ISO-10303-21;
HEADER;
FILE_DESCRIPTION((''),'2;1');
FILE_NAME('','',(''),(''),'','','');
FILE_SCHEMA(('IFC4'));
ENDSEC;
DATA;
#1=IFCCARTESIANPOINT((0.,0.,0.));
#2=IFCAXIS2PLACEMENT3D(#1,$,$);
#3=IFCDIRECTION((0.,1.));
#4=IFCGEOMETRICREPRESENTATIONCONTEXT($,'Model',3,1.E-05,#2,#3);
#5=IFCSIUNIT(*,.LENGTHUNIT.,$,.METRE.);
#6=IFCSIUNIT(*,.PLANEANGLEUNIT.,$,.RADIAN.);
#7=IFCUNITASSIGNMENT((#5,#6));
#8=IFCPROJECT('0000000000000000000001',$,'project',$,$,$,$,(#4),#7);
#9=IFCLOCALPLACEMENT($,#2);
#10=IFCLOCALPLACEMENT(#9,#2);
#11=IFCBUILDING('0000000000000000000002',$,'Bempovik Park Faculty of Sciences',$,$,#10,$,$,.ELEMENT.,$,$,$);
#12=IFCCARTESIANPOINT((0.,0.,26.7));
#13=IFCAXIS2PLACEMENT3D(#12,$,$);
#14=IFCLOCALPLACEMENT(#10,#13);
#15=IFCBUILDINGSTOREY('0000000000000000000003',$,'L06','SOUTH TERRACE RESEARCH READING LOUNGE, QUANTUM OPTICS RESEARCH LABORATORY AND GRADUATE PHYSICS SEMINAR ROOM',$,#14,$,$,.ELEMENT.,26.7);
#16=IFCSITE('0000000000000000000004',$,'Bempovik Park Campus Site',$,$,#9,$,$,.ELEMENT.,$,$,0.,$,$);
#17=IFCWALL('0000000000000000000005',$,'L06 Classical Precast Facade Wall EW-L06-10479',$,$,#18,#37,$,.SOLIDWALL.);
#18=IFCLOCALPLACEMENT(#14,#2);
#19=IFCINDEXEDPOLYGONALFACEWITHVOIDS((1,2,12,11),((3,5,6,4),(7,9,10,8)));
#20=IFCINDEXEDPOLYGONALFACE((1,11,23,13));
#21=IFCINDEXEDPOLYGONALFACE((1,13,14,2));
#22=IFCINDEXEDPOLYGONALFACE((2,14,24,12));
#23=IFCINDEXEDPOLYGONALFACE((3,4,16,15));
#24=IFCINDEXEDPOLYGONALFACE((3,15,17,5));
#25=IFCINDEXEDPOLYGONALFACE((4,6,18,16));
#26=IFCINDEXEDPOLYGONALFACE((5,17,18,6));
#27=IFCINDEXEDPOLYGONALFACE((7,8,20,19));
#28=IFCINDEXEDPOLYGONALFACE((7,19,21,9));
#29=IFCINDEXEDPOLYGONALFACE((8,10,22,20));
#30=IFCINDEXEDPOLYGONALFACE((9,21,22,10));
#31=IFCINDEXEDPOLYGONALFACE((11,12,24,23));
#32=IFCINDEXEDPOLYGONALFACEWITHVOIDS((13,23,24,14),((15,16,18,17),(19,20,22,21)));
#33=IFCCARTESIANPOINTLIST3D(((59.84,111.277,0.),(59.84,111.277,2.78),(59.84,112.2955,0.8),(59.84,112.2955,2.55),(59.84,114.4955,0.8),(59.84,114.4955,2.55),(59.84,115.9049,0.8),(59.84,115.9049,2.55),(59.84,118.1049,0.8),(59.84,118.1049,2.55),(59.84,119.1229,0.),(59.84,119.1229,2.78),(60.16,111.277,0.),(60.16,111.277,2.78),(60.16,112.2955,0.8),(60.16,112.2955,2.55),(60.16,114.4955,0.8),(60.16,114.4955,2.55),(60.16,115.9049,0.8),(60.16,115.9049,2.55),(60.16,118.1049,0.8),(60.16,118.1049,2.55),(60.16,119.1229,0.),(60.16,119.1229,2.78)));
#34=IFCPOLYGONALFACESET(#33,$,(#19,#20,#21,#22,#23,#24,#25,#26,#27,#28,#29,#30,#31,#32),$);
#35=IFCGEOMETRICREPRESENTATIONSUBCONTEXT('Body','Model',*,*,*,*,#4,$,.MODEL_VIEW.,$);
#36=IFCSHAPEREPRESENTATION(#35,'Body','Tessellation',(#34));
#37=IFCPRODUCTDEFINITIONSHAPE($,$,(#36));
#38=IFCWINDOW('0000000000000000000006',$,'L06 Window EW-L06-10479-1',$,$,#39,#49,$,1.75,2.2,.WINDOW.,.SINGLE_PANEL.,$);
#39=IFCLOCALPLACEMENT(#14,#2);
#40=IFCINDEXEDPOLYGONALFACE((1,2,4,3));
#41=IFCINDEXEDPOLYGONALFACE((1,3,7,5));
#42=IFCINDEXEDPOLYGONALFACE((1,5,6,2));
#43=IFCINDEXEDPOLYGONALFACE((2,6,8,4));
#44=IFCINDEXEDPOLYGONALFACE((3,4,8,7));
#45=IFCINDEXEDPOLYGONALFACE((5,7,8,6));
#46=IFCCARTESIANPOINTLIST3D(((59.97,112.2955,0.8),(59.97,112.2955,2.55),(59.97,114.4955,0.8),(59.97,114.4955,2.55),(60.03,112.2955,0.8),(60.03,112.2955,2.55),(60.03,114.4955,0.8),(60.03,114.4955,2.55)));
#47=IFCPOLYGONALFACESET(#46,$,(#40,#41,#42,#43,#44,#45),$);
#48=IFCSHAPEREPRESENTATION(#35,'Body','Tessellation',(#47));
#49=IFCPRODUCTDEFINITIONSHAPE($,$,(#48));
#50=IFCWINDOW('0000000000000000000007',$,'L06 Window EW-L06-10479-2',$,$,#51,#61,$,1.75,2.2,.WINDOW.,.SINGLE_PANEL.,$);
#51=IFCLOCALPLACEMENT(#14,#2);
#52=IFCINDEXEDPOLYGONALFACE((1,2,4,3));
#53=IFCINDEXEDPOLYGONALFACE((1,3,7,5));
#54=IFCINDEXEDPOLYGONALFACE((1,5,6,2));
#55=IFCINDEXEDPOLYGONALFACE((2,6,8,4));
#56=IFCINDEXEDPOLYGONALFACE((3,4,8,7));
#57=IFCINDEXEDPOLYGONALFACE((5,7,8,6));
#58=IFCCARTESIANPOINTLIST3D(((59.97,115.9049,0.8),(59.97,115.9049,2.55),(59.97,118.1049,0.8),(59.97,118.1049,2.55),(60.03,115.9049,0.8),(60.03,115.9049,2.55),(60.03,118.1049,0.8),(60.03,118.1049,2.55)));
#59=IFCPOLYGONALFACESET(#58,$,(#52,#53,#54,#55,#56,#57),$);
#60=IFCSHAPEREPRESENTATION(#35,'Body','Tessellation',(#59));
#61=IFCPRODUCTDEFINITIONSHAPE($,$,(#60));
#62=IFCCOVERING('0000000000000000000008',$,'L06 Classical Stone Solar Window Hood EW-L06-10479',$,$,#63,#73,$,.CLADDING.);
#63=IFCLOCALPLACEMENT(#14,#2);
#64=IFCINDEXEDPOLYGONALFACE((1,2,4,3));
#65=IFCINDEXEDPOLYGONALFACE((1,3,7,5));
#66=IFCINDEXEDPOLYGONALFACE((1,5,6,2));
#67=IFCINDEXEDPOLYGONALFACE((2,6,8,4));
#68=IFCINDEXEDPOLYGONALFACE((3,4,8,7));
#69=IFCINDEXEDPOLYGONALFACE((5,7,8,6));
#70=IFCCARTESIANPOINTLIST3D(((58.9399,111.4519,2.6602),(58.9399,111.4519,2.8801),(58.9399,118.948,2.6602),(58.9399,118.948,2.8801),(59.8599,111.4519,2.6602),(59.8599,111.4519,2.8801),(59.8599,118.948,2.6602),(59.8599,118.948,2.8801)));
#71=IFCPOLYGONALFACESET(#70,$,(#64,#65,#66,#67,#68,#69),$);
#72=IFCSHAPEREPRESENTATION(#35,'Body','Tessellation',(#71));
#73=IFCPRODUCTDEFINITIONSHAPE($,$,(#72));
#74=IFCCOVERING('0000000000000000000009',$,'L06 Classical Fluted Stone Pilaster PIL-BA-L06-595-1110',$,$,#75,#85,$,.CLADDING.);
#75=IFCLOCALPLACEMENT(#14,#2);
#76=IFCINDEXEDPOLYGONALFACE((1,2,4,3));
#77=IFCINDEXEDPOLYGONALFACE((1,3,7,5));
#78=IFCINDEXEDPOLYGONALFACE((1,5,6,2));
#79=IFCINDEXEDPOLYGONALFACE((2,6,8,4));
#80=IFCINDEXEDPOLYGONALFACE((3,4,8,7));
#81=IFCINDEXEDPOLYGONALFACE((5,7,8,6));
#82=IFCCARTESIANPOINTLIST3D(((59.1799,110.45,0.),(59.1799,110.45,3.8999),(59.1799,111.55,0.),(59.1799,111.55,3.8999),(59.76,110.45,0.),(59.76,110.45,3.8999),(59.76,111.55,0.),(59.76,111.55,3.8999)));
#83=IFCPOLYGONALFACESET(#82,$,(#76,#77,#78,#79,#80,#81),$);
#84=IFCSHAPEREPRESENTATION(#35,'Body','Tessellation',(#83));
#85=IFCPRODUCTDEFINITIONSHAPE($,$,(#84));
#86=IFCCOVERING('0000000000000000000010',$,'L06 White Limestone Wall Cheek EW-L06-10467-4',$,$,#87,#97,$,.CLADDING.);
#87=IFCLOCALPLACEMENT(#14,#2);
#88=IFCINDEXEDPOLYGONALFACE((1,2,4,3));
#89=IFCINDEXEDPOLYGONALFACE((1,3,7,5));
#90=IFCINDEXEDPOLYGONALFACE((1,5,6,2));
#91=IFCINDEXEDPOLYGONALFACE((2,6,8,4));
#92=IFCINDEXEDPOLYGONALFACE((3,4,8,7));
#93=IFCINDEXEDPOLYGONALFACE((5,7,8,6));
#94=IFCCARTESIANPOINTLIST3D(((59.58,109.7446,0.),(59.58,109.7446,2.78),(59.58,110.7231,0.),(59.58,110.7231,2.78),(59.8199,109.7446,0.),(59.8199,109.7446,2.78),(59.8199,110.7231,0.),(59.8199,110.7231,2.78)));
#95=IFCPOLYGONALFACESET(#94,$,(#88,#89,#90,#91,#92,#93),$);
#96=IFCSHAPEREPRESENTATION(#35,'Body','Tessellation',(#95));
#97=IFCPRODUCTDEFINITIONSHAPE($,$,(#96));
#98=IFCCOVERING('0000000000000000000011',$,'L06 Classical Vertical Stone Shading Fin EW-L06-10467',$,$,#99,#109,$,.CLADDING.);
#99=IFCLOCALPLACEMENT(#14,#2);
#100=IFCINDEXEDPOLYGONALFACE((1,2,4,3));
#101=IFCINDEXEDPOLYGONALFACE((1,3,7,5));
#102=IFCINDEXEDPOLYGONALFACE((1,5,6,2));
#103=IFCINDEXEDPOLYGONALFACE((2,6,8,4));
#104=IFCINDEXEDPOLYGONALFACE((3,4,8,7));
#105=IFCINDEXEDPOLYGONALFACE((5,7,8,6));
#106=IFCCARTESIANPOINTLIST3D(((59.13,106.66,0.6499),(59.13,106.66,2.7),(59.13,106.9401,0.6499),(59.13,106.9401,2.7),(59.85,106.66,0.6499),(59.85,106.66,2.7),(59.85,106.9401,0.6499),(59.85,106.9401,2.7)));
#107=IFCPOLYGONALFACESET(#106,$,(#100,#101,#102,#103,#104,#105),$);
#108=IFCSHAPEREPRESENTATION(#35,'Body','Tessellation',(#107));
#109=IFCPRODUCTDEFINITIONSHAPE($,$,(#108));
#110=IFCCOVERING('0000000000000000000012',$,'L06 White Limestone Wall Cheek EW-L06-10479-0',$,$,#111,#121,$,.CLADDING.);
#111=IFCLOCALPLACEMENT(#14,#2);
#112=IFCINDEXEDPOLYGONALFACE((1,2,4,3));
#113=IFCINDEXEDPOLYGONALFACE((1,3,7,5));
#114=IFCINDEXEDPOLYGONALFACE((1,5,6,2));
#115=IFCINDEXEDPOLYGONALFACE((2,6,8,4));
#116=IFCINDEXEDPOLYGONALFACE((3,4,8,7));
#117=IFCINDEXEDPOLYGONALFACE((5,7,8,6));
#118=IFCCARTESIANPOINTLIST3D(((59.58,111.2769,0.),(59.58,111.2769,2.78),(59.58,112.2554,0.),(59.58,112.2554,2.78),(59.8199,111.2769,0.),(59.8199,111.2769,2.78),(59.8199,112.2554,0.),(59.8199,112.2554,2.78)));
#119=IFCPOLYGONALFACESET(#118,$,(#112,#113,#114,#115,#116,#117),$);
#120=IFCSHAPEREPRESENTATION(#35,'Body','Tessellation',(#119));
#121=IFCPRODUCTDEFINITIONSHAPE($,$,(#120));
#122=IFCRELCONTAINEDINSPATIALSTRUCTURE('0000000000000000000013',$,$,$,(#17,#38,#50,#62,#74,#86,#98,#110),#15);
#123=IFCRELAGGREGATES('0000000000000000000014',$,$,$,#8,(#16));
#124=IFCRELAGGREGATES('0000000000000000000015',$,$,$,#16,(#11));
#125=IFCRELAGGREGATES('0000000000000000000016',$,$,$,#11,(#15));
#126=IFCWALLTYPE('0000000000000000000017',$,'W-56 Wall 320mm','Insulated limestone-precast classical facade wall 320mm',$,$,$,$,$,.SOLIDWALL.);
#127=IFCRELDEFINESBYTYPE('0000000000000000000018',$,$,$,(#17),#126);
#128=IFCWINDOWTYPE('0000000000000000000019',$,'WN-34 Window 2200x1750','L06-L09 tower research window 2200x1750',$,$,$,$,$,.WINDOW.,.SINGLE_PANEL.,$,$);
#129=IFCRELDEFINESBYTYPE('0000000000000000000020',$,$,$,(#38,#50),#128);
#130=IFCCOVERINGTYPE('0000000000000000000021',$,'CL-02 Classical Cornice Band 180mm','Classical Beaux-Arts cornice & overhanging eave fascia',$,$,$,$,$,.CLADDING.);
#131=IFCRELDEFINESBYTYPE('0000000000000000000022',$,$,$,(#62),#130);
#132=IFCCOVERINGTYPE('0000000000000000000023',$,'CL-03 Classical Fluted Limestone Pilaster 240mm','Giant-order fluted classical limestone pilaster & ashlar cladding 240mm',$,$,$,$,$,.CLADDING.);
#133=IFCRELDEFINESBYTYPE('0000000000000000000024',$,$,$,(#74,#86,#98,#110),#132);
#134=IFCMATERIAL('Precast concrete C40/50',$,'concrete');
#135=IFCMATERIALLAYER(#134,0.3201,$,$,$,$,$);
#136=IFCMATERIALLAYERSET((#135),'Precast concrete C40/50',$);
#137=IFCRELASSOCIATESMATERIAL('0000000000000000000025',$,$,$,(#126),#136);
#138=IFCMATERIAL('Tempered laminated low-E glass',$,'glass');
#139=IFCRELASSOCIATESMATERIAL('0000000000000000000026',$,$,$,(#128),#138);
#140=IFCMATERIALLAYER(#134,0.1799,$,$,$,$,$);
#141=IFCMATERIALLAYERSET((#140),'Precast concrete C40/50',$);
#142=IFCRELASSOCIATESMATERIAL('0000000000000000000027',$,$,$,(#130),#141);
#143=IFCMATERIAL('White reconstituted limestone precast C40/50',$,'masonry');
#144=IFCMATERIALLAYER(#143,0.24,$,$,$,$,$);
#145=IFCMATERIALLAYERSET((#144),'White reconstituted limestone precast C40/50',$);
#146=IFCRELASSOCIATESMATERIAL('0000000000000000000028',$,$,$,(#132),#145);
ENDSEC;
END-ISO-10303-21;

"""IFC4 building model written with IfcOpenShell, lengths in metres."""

from ifc_helpers import new_model, si_unit, direction, frame, frame_2d, origin, origin_2d, place, context, subcontext, project, spatial, rectangle, extrude, material, layer, layer_set, type_object, element, fill, save


model = new_model("IFC4")

# Units and contexts
model_context = context("Model", 3, precision=1e-05, world=origin(), true_north=direction((0.0, 1.0)))
body_context = subcontext(model_context, "Body", "Model", "MODEL_VIEW")
ifc_project = project(units=[si_unit("LENGTHUNIT", "METRE"), si_unit("PLANEANGLEUNIT", "RADIAN")], contexts=[model_context])

# Site, building, storey
site_placement = place(None, origin())
site = spatial("IfcSite", under=ifc_project, at=site_placement, Name="Bempovik Park Campus Site", CompositionType="ELEMENT", RefElevation=0.0)
building_placement = place(site_placement, origin())
building = spatial("IfcBuilding", under=site, at=building_placement, Name="Bempovik Park Faculty of Sciences", CompositionType="ELEMENT")
storey_placement = place(building_placement, frame((0.0, 0.0, 26.7)))
storey = spatial("IfcBuildingStorey", under=building, at=storey_placement, Name="L06", Description="SOUTH TERRACE RESEARCH READING LOUNGE, QUANTUM OPTICS RESEARCH LABORATORY AND GRADUATE PHYSICS SEMINAR ROOM", CompositionType="ELEMENT", Elevation=26.7)

# Wall, openings, windows
ifc_material_1 = material(Name="Precast concrete C40/50", Category="concrete")
ifc_layer_1 = layer(ifc_material_1, 0.3201)
ifc_layer_set_1 = layer_set([ifc_layer_1], Name="Precast concrete C40/50")
wall_type_1 = type_object("IfcWallType", Name="W-56 Wall 320mm", Description="Insulated limestone-precast classical facade wall 320mm", PredefinedType="SOLIDWALL", material=ifc_layer_set_1)
wall_1_placement = place(storey_placement, frame((60.0, 111.2771, 0.0), z_axis=(0.0, 0.0, 1.0), x_axis=(0.0, 1.0, 0.0)))
wall_1 = element("IfcWall", 1, at=wall_1_placement, inside=storey, type_object=wall_type_1, Name="L06 Classical Precast Facade Wall EW-L06-10479", PredefinedType="SOLIDWALL", context=body_context, shape_type="SweptSolid", body=[
    extrude(rectangle(XDim=7.8459, YDim=0.3201, at=frame_2d((3.9229, 0.0))), origin(), (0.0, 0.0, 1.0), 2.78),
])
opening_1_placement = place(wall_1_placement, frame((1.0183, 0.0, 0.8)))
opening_1 = element("IfcOpeningElement", 2, at=opening_1_placement, cuts=wall_1, PredefinedType="OPENING", context=body_context, shape_type="SweptSolid", body=[
    extrude(rectangle(XDim=2.2, YDim=1.75, at=frame_2d((1.1001, 0.875))), frame((0.0, 0.1699, 0.0), z_axis=(0.0, -1.0, 0.0), x_axis=(1.0, 0.0, 0.0)), (0.0, 0.0, 1.0), 0.3401),
])
opening_2_placement = place(wall_1_placement, frame((4.6277, 0.0, 0.8)))
opening_2 = element("IfcOpeningElement", 3, at=opening_2_placement, cuts=wall_1, PredefinedType="OPENING", context=body_context, shape_type="SweptSolid", body=[
    extrude(rectangle(XDim=2.2, YDim=1.75, at=frame_2d((1.1001, 0.875))), frame((0.0, 0.1699, 0.0), z_axis=(0.0, -1.0, 0.0), x_axis=(1.0, 0.0, 0.0)), (0.0, 0.0, 1.0), 0.3401),
])
ifc_material_2 = material(Name="Tempered laminated low-E glass", Category="glass")
window_type = type_object("IfcWindowType", Name="WN-34 Window 2200x1750", Description="L06-L09 tower research window 2200x1750", PartitioningType="SINGLE_PANEL", PredefinedType="WINDOW", material=ifc_material_2)
window_1_placement = place(opening_1_placement, origin())
window_1 = element("IfcWindow", 4, at=window_1_placement, inside=storey, type_object=window_type, Name="L06 Window EW-L06-10479-1", OverallHeight=1.75, OverallWidth=2.2, PartitioningType="SINGLE_PANEL", PredefinedType="WINDOW", context=body_context, shape_type="SweptSolid", body=[
    extrude(rectangle(XDim=2.2, YDim=1.75, at=frame_2d((1.1001, 0.875))), frame((0.0, 0.03, 0.0), z_axis=(0.0, -1.0, 0.0), x_axis=(1.0, 0.0, 0.0)), (0.0, 0.0, 1.0), 0.0601),
])
fill(opening_1, window_1)
window_2_placement = place(opening_2_placement, origin())
window_2 = element("IfcWindow", 5, at=window_2_placement, inside=storey, type_object=window_type, Name="L06 Window EW-L06-10479-2", OverallHeight=1.75, OverallWidth=2.2, PartitioningType="SINGLE_PANEL", PredefinedType="WINDOW", context=body_context, shape_type="SweptSolid", body=[
    extrude(rectangle(XDim=2.2, YDim=1.75, at=frame_2d((1.1001, 0.875))), frame((0.0, 0.03, 0.0), z_axis=(0.0, -1.0, 0.0), x_axis=(1.0, 0.0, 0.0)), (0.0, 0.0, 1.0), 0.0601),
])
fill(opening_2, window_2)

# Coverings
ifc_layer_2 = layer(ifc_material_1, 0.1799)
ifc_layer_set_2 = layer_set([ifc_layer_2], Name="Precast concrete C40/50")
covering_type_1 = type_object("IfcCoveringType", Name="CL-02 Classical Cornice Band 180mm", Description="Classical Beaux-Arts cornice & overhanging eave fascia", PredefinedType="CLADDING", material=ifc_layer_set_2)
covering_1_placement = place(storey_placement, frame((59.3999, 115.2, 2.6602), z_axis=(0.0, 0.0, 1.0), x_axis=(1.0, 0.0, 0.0)))
element("IfcCovering", 6, at=covering_1_placement, inside=storey, type_object=covering_type_1, Name="L06 Classical Stone Solar Window Hood EW-L06-10479", PredefinedType="CLADDING", context=body_context, shape_type="SweptSolid", body=[
    extrude(rectangle(XDim=0.9199, YDim=7.4961, at=origin_2d()), origin(), (0.0, 0.0, 1.0), 0.22),
])
ifc_material_3 = material(Name="White reconstituted limestone precast C40/50", Category="masonry")
ifc_layer_3 = layer(ifc_material_3, 0.24)
ifc_layer_set_3 = layer_set([ifc_layer_3], Name="White reconstituted limestone precast C40/50")
covering_type_2 = type_object("IfcCoveringType", Name="CL-03 Classical Fluted Limestone Pilaster 240mm", Description="Giant-order fluted classical limestone pilaster & ashlar cladding 240mm", PredefinedType="CLADDING", material=ifc_layer_set_3)
covering_2_placement = place(storey_placement, frame((59.47, 111.0, 0.0), z_axis=(0.0, 0.0, 1.0), x_axis=(1.0, 0.0, 0.0)))
element("IfcCovering", 7, at=covering_2_placement, inside=storey, type_object=covering_type_2, Name="L06 Classical Fluted Stone Pilaster PIL-BA-L06-595-1110", PredefinedType="CLADDING", context=body_context, shape_type="SweptSolid", body=[
    extrude(rectangle(XDim=0.5801, YDim=1.1001, at=origin_2d()), origin(), (0.0, 0.0, 1.0), 3.8999),
])
covering_3_placement = place(storey_placement, frame((59.7, 110.2339, 0.0), z_axis=(0.0, 0.0, 1.0), x_axis=(1.0, 0.0, 0.0)))
element("IfcCovering", 8, at=covering_3_placement, inside=storey, type_object=covering_type_2, Name="L06 White Limestone Wall Cheek EW-L06-10467-4", PredefinedType="CLADDING", context=body_context, shape_type="SweptSolid", body=[
    extrude(rectangle(XDim=0.24, YDim=0.9785, at=origin_2d()), origin(), (0.0, 0.0, 1.0), 2.78),
])
covering_4_placement = place(storey_placement, frame((59.49, 106.8, 0.6499), z_axis=(0.0, 0.0, 1.0), x_axis=(1.0, 0.0, 0.0)))
element("IfcCovering", 9, at=covering_4_placement, inside=storey, type_object=covering_type_2, Name="L06 Classical Vertical Stone Shading Fin EW-L06-10467", PredefinedType="CLADDING", context=body_context, shape_type="SweptSolid", body=[
    extrude(rectangle(XDim=0.72, YDim=0.28, at=origin_2d()), origin(), (0.0, 0.0, 1.0), 2.05),
])
covering_5_placement = place(storey_placement, frame((59.7, 111.7661, 0.0), z_axis=(0.0, 0.0, 1.0), x_axis=(1.0, 0.0, 0.0)))
element("IfcCovering", 10, at=covering_5_placement, inside=storey, type_object=covering_type_2, Name="L06 White Limestone Wall Cheek EW-L06-10479-0", PredefinedType="CLADDING", context=body_context, shape_type="SweptSolid", body=[
    extrude(rectangle(XDim=0.24, YDim=0.9785, at=origin_2d()), origin(), (0.0, 0.0, 1.0), 2.78),
])

save(model, "model.ifc")
